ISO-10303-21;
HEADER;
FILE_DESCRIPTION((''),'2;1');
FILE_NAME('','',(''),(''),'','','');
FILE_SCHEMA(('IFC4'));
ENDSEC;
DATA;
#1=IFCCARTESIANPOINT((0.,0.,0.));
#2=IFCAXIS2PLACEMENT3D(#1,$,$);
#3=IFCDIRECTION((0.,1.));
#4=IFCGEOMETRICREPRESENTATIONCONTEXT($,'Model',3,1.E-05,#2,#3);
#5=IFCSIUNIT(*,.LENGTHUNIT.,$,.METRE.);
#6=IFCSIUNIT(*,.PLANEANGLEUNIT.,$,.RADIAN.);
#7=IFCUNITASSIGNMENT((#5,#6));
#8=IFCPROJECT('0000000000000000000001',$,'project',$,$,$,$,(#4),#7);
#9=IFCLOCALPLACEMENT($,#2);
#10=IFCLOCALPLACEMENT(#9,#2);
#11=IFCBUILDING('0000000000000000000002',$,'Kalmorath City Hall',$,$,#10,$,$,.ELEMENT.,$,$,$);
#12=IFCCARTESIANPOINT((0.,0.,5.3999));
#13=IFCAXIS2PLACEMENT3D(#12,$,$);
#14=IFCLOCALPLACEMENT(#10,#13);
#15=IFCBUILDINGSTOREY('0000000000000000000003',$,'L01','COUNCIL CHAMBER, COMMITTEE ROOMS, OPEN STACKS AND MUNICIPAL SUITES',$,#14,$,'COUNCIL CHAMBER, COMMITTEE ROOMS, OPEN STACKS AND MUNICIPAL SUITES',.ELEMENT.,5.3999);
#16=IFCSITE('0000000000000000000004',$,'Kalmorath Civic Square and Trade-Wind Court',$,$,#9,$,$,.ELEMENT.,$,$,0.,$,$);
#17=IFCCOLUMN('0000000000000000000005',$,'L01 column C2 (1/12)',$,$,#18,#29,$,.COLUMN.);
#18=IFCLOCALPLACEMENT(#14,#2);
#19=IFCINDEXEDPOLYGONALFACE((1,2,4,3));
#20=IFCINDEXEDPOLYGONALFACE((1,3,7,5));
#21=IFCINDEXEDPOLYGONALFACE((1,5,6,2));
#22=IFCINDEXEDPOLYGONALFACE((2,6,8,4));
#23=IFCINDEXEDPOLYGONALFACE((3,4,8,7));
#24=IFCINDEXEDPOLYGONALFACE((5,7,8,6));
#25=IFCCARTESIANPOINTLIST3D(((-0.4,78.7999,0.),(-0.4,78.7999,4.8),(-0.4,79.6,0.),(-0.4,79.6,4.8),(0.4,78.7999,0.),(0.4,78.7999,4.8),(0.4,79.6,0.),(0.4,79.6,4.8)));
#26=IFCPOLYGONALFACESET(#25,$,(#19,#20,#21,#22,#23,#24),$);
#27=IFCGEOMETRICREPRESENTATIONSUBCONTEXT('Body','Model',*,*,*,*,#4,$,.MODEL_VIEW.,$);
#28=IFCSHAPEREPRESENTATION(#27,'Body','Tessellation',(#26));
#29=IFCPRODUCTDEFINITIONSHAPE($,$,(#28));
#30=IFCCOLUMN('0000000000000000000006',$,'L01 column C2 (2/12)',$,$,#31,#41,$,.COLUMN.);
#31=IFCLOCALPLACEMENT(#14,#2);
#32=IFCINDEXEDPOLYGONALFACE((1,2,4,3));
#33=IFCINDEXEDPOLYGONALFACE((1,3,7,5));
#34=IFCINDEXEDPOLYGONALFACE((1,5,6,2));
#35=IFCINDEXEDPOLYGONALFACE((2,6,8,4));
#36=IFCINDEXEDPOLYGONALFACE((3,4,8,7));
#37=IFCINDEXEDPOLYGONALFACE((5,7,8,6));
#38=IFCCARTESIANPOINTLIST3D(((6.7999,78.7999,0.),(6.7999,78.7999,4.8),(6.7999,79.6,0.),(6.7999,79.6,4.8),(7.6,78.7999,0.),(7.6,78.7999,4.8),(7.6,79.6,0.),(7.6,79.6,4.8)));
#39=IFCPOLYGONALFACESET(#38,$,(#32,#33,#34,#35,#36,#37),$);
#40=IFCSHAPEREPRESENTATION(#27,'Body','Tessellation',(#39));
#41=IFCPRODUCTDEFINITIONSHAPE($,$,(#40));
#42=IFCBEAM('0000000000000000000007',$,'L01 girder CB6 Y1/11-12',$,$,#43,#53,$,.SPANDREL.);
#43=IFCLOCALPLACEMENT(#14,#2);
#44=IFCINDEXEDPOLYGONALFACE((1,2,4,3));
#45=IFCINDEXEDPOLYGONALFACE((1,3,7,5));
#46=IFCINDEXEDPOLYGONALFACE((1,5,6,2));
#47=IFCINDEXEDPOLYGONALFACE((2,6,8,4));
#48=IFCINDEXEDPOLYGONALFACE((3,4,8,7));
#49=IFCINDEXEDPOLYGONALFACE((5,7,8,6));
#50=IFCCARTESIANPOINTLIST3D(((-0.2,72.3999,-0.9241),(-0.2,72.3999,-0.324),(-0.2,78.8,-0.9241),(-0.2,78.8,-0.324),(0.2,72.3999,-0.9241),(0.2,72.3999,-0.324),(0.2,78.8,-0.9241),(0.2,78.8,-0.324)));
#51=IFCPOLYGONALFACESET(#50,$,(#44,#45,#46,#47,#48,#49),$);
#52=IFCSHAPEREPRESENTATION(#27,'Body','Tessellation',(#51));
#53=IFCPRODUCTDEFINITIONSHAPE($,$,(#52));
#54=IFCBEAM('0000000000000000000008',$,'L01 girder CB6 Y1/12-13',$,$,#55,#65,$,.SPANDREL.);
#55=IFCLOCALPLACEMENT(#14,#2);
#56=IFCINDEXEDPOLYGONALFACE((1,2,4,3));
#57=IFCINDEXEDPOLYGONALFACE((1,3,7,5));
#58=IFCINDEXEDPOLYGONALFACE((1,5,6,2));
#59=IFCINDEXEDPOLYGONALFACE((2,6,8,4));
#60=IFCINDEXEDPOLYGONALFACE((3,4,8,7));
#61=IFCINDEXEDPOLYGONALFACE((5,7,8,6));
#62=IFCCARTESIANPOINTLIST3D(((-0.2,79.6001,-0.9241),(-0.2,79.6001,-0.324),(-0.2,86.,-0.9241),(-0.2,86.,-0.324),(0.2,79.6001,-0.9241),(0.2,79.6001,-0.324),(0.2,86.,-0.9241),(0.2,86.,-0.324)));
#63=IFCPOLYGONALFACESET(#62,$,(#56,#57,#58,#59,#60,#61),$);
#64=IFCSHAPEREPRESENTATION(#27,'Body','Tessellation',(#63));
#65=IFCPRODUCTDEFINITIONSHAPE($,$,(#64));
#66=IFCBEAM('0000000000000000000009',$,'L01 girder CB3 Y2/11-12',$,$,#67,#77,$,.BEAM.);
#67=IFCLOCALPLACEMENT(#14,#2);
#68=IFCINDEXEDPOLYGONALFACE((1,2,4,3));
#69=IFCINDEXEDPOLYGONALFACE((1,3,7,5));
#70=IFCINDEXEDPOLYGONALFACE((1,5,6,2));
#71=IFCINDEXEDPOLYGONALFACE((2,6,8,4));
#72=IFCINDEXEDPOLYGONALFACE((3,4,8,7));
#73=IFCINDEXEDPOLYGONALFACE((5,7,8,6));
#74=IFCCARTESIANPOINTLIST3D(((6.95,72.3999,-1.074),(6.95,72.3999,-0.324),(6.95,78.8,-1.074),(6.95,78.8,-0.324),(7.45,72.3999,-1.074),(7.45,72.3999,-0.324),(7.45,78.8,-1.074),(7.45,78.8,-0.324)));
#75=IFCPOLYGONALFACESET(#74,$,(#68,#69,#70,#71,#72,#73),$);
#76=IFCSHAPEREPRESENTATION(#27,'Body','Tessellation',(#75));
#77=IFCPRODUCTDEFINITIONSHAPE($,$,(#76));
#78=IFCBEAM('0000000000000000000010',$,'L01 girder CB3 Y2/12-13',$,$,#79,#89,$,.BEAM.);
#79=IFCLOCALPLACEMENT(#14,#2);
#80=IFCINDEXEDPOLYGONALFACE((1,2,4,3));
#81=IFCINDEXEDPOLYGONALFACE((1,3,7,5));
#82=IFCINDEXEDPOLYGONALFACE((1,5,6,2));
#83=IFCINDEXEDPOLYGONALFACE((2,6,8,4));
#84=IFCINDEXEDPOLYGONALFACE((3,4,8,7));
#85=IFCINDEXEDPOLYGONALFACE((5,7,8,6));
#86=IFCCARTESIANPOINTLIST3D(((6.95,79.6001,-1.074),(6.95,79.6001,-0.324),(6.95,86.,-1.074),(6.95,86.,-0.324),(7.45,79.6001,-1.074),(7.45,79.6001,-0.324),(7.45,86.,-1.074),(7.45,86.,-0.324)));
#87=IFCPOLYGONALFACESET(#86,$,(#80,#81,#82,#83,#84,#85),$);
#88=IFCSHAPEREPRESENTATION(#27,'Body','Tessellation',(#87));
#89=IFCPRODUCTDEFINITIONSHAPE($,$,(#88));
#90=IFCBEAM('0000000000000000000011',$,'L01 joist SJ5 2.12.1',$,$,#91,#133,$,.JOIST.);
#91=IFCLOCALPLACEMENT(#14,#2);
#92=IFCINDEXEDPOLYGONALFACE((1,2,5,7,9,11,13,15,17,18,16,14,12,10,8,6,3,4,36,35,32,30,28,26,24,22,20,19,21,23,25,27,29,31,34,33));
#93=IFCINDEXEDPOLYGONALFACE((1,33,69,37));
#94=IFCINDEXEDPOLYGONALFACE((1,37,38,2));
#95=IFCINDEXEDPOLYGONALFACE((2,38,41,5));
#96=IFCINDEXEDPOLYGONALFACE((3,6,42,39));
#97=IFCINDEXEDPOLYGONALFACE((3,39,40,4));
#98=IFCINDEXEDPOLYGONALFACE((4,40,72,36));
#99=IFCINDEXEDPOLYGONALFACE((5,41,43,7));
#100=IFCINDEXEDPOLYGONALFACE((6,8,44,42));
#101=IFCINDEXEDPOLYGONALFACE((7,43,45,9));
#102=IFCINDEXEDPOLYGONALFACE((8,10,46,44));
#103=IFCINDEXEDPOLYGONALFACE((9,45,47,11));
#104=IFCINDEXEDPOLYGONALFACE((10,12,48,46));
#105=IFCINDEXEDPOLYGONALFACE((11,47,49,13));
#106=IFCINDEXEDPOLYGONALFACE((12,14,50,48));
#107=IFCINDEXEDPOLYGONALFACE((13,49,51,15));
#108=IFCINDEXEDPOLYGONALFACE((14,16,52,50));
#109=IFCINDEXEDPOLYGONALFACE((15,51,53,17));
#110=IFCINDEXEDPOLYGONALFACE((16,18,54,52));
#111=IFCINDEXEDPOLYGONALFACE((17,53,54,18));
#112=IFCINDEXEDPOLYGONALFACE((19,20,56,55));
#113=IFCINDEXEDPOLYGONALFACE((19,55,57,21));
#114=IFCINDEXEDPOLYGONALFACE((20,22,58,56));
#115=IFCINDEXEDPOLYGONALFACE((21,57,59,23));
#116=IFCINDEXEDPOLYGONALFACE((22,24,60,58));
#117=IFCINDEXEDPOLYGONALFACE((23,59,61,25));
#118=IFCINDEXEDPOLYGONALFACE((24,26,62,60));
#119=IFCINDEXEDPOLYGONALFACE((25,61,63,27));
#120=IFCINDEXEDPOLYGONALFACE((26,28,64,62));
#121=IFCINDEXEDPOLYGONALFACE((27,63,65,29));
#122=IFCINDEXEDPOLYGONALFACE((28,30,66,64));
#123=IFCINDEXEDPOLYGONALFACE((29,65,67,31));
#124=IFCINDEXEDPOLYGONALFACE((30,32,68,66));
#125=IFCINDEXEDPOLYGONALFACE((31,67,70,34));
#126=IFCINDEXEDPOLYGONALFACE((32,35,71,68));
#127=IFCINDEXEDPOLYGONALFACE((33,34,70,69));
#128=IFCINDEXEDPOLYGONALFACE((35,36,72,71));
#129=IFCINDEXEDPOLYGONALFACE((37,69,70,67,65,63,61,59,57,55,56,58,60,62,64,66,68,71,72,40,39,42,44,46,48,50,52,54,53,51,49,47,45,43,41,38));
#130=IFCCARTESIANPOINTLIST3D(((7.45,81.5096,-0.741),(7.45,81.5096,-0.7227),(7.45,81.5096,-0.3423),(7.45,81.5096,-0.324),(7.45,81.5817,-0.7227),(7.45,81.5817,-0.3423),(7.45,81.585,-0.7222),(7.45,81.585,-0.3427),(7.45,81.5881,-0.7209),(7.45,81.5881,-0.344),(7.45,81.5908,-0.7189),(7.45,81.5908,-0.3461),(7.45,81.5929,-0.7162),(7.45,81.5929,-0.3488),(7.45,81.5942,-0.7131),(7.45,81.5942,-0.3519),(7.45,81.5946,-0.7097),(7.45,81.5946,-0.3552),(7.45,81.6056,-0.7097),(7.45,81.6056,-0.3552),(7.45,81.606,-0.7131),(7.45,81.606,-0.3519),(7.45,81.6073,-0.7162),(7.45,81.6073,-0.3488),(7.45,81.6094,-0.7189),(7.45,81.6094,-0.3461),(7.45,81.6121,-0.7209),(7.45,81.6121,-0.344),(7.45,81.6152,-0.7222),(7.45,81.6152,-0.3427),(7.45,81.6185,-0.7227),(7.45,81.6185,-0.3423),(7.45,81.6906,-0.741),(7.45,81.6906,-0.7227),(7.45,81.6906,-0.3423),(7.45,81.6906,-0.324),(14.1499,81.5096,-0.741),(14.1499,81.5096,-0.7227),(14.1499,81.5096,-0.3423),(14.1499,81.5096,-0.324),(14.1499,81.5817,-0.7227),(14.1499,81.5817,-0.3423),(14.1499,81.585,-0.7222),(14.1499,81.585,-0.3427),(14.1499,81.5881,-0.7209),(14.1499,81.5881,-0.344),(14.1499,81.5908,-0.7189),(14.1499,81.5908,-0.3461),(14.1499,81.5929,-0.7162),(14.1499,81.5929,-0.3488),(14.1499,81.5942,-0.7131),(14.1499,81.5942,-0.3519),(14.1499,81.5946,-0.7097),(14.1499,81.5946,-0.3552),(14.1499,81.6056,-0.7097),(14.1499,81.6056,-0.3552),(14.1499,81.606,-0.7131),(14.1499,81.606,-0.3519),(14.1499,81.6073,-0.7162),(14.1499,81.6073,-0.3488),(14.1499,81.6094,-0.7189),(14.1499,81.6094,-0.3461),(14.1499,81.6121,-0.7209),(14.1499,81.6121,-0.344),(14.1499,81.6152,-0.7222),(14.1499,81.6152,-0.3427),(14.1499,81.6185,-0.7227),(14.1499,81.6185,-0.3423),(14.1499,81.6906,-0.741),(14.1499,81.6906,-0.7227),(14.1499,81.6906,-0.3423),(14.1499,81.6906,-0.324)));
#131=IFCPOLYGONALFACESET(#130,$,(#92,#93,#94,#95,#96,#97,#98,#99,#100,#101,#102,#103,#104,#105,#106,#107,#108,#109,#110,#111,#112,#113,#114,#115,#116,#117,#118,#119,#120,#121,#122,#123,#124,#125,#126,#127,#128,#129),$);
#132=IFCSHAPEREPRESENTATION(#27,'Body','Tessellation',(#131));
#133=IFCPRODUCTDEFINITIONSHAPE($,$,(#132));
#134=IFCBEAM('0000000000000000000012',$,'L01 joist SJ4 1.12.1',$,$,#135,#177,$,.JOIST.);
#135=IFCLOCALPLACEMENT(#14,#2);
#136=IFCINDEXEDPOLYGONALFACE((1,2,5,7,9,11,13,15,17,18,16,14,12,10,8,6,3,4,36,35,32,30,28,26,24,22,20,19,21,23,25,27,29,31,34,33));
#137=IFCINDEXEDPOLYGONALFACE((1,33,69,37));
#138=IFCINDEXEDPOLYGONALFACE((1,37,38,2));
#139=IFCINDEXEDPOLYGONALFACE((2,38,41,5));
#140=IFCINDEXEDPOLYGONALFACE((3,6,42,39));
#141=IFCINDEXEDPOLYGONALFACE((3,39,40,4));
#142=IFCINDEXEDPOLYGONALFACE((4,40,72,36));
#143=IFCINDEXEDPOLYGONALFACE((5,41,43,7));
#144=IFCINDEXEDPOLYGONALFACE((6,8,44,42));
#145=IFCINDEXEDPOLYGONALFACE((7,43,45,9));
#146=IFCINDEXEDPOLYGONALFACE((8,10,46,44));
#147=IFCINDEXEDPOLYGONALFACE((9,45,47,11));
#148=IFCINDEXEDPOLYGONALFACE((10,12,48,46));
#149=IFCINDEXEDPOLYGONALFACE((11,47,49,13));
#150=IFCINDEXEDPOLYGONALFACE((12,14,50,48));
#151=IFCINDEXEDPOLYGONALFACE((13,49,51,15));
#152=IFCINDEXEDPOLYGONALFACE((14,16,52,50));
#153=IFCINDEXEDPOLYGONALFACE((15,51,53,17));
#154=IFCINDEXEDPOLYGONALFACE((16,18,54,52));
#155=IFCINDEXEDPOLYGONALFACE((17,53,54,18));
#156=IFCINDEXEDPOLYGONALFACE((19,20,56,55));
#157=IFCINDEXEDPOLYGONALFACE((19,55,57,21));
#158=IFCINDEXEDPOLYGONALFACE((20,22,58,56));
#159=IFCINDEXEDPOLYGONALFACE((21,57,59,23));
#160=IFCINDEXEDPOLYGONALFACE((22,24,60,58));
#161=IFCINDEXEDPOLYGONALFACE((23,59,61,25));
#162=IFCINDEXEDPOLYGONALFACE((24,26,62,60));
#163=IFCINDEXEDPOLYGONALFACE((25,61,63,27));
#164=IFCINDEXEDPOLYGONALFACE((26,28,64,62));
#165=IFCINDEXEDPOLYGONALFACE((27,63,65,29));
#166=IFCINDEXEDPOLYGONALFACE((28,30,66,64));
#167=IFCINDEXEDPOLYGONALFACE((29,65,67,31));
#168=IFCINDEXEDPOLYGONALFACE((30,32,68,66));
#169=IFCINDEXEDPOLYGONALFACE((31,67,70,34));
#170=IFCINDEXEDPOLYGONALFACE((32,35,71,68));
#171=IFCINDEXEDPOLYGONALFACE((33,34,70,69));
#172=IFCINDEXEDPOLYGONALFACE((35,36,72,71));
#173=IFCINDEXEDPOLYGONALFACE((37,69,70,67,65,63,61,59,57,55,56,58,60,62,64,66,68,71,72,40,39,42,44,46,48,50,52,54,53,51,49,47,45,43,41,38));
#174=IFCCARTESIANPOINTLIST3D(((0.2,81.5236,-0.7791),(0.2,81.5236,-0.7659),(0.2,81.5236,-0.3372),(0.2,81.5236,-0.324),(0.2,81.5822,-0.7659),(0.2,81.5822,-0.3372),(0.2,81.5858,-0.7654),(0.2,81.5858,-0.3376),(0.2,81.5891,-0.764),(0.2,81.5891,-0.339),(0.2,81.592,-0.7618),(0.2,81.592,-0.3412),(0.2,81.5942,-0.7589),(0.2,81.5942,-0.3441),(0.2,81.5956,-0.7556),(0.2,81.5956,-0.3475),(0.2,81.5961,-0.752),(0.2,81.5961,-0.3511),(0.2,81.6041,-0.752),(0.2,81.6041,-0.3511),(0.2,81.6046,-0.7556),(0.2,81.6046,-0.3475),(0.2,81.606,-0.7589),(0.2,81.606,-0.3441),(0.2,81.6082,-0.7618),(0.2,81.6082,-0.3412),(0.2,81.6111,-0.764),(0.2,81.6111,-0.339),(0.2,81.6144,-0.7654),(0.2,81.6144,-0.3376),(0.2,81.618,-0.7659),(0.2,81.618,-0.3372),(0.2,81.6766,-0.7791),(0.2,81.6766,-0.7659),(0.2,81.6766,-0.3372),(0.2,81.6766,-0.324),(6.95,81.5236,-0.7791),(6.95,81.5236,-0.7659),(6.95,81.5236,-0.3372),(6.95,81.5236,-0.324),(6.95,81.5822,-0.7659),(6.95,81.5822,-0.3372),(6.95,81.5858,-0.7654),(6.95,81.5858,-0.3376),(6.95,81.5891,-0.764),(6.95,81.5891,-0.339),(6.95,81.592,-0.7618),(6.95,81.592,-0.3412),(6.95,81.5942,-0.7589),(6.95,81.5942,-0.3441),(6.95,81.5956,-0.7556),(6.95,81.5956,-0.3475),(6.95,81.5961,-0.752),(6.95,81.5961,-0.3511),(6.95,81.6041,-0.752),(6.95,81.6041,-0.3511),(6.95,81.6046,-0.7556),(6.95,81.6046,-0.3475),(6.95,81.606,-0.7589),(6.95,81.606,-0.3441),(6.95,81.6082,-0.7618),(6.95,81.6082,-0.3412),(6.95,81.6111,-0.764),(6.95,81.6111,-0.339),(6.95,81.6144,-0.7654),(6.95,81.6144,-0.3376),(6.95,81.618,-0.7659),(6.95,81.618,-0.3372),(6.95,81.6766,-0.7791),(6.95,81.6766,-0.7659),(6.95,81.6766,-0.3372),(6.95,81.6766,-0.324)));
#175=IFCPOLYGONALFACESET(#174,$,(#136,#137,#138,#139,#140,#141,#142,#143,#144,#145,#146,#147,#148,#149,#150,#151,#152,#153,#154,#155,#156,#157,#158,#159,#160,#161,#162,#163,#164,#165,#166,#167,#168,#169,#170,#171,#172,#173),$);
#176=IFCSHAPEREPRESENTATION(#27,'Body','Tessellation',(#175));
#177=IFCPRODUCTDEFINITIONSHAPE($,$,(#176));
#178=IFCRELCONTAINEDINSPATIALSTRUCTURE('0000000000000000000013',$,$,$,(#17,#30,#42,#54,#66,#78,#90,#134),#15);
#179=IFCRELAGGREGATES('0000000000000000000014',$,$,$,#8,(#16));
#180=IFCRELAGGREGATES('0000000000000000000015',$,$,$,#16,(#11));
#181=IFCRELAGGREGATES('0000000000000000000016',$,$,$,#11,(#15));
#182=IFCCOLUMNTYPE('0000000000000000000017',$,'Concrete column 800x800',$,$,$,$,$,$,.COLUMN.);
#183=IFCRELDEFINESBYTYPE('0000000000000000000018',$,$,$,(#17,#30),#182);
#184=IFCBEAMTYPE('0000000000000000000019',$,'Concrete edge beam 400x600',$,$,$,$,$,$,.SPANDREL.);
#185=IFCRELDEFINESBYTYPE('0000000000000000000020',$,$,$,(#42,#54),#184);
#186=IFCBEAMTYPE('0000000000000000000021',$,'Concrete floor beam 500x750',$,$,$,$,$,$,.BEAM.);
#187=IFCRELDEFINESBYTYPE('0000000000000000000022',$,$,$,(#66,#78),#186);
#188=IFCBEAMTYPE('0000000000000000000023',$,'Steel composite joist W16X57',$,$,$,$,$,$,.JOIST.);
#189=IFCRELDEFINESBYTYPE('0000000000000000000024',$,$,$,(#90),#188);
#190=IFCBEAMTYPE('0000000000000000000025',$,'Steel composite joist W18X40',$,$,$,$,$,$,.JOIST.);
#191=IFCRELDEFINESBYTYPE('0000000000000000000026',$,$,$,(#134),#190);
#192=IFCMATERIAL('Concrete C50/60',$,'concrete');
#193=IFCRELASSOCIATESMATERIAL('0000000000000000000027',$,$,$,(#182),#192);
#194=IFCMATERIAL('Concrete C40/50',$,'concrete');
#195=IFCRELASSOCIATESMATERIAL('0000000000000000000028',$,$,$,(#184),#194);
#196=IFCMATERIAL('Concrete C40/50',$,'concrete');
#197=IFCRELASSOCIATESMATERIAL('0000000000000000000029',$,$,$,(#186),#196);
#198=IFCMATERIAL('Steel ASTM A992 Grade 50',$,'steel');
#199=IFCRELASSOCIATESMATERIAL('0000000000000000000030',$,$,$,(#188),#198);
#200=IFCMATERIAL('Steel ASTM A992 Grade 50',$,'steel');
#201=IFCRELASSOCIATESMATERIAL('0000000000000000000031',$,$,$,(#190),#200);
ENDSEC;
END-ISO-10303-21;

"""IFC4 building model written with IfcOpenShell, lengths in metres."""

from ifc_helpers import new_model, si_unit, direction, frame, origin, origin_2d, place, context, subcontext, project, spatial, rectangle, i_section, extrude, material, material_profile, profile_set, type_object, element, save


model = new_model("IFC4")

# Units and contexts
model_context = context("Model", 3, precision=1e-05, world=origin(), true_north=direction((0.0, 1.0)))
body_context = subcontext(model_context, "Body", "Model", "MODEL_VIEW")
ifc_project = project(units=[si_unit("LENGTHUNIT", "METRE"), si_unit("PLANEANGLEUNIT", "RADIAN")], contexts=[model_context])

# Site, building, storey
site_placement = place(None, origin())
site = spatial("IfcSite", under=ifc_project, at=site_placement, Name="Kalmorath Civic Square and Trade-Wind Court", CompositionType="ELEMENT", RefElevation=0.0)
building_placement = place(site_placement, origin())
building = spatial("IfcBuilding", under=site, at=building_placement, Name="Kalmorath City Hall", CompositionType="ELEMENT")
storey_placement = place(building_placement, frame((0.0, 0.0, 5.3999)))
storey = spatial("IfcBuildingStorey", under=building, at=storey_placement, Name="L01", Description="COUNCIL CHAMBER, COMMITTEE ROOMS, OPEN STACKS AND MUNICIPAL SUITES", LongName="COUNCIL CHAMBER, COMMITTEE ROOMS, OPEN STACKS AND MUNICIPAL SUITES", CompositionType="ELEMENT", Elevation=5.3999)

# Columns
ifc_material_1 = material(Name="Concrete C50/60", Category="concrete")
ifc_material_profile_1 = material_profile(ifc_material_1, rectangle(XDim=0.8, YDim=0.8, at=origin_2d()), Name="RC-COL-800X800")
ifc_profile_set_1 = profile_set([ifc_material_profile_1], Name="Concrete C50/60")
column_type = type_object("IfcColumnType", Name="Concrete column 800x800", PredefinedType="COLUMN", material=ifc_profile_set_1)
for number, where, z_axis, x_axis, name in (
    (1, (0.0, 79.2, 0.0), (0.0, 0.0, 1.0), (1.0, 0.0, 0.0), "L01 column C2 (1/12)"),
    (2, (7.2, 79.2, 0.0), (0.0, 0.0, 1.0), (1.0, 0.0, 0.0), "L01 column C2 (2/12)"),
):
    element("IfcColumn", number, at=place(storey_placement, frame(where, z_axis=z_axis, x_axis=x_axis)), inside=storey, type_object=column_type, Name=name, PredefinedType="COLUMN", context=body_context, shape_type="SweptSolid", body=[
        extrude(rectangle(XDim=0.8, YDim=0.8, at=origin_2d()), origin(), (0.0, 0.0, 1.0), 4.8),
    ])

# Beams
ifc_material_2 = material(Name="Concrete C40/50", Category="concrete")
ifc_material_profile_2 = material_profile(ifc_material_2, rectangle(XDim=0.3999, YDim=0.6001, at=origin_2d()), Name="RC-BM-400X600")
ifc_profile_set_2 = profile_set([ifc_material_profile_2], Name="Concrete C40/50")
beam_type_1 = type_object("IfcBeamType", Name="Concrete edge beam 400x600", PredefinedType="SPANDREL", material=ifc_profile_set_2)
beam_1_placement = place(storey_placement, frame((0.0, 72.3999, -0.624), z_axis=(0.0, 1.0, 0.0), x_axis=(-1.0, 0.0, 0.0)))
element("IfcBeam", 3, at=beam_1_placement, inside=storey, type_object=beam_type_1, Name="L01 girder CB6 Y1/11-12", PredefinedType="SPANDREL", context=body_context, shape_type="SweptSolid", body=[
    extrude(rectangle(XDim=0.3999, YDim=0.6001, at=origin_2d()), origin(), (0.0, 0.0, 1.0), 6.4001),
])
beam_2_placement = place(storey_placement, frame((0.0, 79.6001, -0.624), z_axis=(0.0, 1.0, 0.0), x_axis=(-1.0, 0.0, 0.0)))
element("IfcBeam", 4, at=beam_2_placement, inside=storey, type_object=beam_type_1, Name="L01 girder CB6 Y1/12-13", PredefinedType="SPANDREL", context=body_context, shape_type="SweptSolid", body=[
    extrude(rectangle(XDim=0.3999, YDim=0.6001, at=origin_2d()), origin(), (0.0, 0.0, 1.0), 6.3999),
])
ifc_material_3 = material(Name="Concrete C40/50", Category="concrete")
ifc_material_profile_3 = material_profile(ifc_material_3, rectangle(XDim=0.5, YDim=0.75, at=origin_2d()), Name="RC-BM-500X750")
ifc_profile_set_3 = profile_set([ifc_material_profile_3], Name="Concrete C40/50")
beam_type_2 = type_object("IfcBeamType", Name="Concrete floor beam 500x750", PredefinedType="BEAM", material=ifc_profile_set_3)
beam_3_placement = place(storey_placement, frame((7.2, 72.3999, -0.699), z_axis=(0.0, 1.0, 0.0), x_axis=(-1.0, 0.0, 0.0)))
element("IfcBeam", 5, at=beam_3_placement, inside=storey, type_object=beam_type_2, Name="L01 girder CB3 Y2/11-12", PredefinedType="BEAM", context=body_context, shape_type="SweptSolid", body=[
    extrude(rectangle(XDim=0.5, YDim=0.75, at=origin_2d()), origin(), (0.0, 0.0, 1.0), 6.4001),
])
beam_4_placement = place(storey_placement, frame((7.2, 79.6001, -0.699), z_axis=(0.0, 1.0, 0.0), x_axis=(-1.0, 0.0, 0.0)))
element("IfcBeam", 6, at=beam_4_placement, inside=storey, type_object=beam_type_2, Name="L01 girder CB3 Y2/12-13", PredefinedType="BEAM", context=body_context, shape_type="SweptSolid", body=[
    extrude(rectangle(XDim=0.5, YDim=0.75, at=origin_2d()), origin(), (0.0, 0.0, 1.0), 6.3999),
])
ifc_material_4 = material(Name="Steel ASTM A992 Grade 50", Category="steel")
ifc_material_profile_4 = material_profile(ifc_material_4, i_section(OverallWidth=0.1809, OverallDepth=0.417, WebThickness=0.011, FlangeThickness=0.0183, FilletRadius=0.0129, at=origin_2d()), Name="W16X57")
ifc_profile_set_4 = profile_set([ifc_material_profile_4], Name="Steel ASTM A992 Grade 50")
beam_type_3 = type_object("IfcBeamType", Name="Steel composite joist W16X57", PredefinedType="JOIST", material=ifc_profile_set_4)
beam_5_placement = place(storey_placement, frame((7.45, 81.6001, -0.5325), z_axis=(1.0, 0.0, 0.0), x_axis=(0.0, 1.0, 0.0)))
element("IfcBeam", 7, at=beam_5_placement, inside=storey, type_object=beam_type_3, Name="L01 joist SJ5 2.12.1", PredefinedType="JOIST", context=body_context, shape_type="SweptSolid", body=[
    extrude(i_section(OverallWidth=0.1809, OverallDepth=0.417, WebThickness=0.011, FlangeThickness=0.0183, FilletRadius=0.0129, at=origin_2d()), origin(), (0.0, 0.0, 1.0), 6.7),
])
ifc_material_5 = material(Name="Steel ASTM A992 Grade 50", Category="steel")
ifc_material_profile_5 = material_profile(ifc_material_5, i_section(OverallWidth=0.1531, OverallDepth=0.4551, WebThickness=0.0081, FlangeThickness=0.0132, FilletRadius=0.0139, at=origin_2d()), Name="W18X40")
ifc_profile_set_5 = profile_set([ifc_material_profile_5], Name="Steel ASTM A992 Grade 50")
beam_type_4 = type_object("IfcBeamType", Name="Steel composite joist W18X40", PredefinedType="JOIST", material=ifc_profile_set_5)
for number, where, z_axis, x_axis, name in (
    (8, (0.2, 81.6001, -0.5515), (1.0, 0.0, 0.0), (0.0, 1.0, 0.0), "L01 joist SJ4 1.12.1"),
):
    element("IfcBeam", number, at=place(storey_placement, frame(where, z_axis=z_axis, x_axis=x_axis)), inside=storey, type_object=beam_type_4, Name=name, PredefinedType="JOIST", context=body_context, shape_type="SweptSolid", body=[
        extrude(i_section(OverallWidth=0.1531, OverallDepth=0.4551, WebThickness=0.0081, FlangeThickness=0.0132, FilletRadius=0.0139, at=origin_2d()), origin(), (0.0, 0.0, 1.0), 6.75),
    ])

save(model, "model.ifc")
